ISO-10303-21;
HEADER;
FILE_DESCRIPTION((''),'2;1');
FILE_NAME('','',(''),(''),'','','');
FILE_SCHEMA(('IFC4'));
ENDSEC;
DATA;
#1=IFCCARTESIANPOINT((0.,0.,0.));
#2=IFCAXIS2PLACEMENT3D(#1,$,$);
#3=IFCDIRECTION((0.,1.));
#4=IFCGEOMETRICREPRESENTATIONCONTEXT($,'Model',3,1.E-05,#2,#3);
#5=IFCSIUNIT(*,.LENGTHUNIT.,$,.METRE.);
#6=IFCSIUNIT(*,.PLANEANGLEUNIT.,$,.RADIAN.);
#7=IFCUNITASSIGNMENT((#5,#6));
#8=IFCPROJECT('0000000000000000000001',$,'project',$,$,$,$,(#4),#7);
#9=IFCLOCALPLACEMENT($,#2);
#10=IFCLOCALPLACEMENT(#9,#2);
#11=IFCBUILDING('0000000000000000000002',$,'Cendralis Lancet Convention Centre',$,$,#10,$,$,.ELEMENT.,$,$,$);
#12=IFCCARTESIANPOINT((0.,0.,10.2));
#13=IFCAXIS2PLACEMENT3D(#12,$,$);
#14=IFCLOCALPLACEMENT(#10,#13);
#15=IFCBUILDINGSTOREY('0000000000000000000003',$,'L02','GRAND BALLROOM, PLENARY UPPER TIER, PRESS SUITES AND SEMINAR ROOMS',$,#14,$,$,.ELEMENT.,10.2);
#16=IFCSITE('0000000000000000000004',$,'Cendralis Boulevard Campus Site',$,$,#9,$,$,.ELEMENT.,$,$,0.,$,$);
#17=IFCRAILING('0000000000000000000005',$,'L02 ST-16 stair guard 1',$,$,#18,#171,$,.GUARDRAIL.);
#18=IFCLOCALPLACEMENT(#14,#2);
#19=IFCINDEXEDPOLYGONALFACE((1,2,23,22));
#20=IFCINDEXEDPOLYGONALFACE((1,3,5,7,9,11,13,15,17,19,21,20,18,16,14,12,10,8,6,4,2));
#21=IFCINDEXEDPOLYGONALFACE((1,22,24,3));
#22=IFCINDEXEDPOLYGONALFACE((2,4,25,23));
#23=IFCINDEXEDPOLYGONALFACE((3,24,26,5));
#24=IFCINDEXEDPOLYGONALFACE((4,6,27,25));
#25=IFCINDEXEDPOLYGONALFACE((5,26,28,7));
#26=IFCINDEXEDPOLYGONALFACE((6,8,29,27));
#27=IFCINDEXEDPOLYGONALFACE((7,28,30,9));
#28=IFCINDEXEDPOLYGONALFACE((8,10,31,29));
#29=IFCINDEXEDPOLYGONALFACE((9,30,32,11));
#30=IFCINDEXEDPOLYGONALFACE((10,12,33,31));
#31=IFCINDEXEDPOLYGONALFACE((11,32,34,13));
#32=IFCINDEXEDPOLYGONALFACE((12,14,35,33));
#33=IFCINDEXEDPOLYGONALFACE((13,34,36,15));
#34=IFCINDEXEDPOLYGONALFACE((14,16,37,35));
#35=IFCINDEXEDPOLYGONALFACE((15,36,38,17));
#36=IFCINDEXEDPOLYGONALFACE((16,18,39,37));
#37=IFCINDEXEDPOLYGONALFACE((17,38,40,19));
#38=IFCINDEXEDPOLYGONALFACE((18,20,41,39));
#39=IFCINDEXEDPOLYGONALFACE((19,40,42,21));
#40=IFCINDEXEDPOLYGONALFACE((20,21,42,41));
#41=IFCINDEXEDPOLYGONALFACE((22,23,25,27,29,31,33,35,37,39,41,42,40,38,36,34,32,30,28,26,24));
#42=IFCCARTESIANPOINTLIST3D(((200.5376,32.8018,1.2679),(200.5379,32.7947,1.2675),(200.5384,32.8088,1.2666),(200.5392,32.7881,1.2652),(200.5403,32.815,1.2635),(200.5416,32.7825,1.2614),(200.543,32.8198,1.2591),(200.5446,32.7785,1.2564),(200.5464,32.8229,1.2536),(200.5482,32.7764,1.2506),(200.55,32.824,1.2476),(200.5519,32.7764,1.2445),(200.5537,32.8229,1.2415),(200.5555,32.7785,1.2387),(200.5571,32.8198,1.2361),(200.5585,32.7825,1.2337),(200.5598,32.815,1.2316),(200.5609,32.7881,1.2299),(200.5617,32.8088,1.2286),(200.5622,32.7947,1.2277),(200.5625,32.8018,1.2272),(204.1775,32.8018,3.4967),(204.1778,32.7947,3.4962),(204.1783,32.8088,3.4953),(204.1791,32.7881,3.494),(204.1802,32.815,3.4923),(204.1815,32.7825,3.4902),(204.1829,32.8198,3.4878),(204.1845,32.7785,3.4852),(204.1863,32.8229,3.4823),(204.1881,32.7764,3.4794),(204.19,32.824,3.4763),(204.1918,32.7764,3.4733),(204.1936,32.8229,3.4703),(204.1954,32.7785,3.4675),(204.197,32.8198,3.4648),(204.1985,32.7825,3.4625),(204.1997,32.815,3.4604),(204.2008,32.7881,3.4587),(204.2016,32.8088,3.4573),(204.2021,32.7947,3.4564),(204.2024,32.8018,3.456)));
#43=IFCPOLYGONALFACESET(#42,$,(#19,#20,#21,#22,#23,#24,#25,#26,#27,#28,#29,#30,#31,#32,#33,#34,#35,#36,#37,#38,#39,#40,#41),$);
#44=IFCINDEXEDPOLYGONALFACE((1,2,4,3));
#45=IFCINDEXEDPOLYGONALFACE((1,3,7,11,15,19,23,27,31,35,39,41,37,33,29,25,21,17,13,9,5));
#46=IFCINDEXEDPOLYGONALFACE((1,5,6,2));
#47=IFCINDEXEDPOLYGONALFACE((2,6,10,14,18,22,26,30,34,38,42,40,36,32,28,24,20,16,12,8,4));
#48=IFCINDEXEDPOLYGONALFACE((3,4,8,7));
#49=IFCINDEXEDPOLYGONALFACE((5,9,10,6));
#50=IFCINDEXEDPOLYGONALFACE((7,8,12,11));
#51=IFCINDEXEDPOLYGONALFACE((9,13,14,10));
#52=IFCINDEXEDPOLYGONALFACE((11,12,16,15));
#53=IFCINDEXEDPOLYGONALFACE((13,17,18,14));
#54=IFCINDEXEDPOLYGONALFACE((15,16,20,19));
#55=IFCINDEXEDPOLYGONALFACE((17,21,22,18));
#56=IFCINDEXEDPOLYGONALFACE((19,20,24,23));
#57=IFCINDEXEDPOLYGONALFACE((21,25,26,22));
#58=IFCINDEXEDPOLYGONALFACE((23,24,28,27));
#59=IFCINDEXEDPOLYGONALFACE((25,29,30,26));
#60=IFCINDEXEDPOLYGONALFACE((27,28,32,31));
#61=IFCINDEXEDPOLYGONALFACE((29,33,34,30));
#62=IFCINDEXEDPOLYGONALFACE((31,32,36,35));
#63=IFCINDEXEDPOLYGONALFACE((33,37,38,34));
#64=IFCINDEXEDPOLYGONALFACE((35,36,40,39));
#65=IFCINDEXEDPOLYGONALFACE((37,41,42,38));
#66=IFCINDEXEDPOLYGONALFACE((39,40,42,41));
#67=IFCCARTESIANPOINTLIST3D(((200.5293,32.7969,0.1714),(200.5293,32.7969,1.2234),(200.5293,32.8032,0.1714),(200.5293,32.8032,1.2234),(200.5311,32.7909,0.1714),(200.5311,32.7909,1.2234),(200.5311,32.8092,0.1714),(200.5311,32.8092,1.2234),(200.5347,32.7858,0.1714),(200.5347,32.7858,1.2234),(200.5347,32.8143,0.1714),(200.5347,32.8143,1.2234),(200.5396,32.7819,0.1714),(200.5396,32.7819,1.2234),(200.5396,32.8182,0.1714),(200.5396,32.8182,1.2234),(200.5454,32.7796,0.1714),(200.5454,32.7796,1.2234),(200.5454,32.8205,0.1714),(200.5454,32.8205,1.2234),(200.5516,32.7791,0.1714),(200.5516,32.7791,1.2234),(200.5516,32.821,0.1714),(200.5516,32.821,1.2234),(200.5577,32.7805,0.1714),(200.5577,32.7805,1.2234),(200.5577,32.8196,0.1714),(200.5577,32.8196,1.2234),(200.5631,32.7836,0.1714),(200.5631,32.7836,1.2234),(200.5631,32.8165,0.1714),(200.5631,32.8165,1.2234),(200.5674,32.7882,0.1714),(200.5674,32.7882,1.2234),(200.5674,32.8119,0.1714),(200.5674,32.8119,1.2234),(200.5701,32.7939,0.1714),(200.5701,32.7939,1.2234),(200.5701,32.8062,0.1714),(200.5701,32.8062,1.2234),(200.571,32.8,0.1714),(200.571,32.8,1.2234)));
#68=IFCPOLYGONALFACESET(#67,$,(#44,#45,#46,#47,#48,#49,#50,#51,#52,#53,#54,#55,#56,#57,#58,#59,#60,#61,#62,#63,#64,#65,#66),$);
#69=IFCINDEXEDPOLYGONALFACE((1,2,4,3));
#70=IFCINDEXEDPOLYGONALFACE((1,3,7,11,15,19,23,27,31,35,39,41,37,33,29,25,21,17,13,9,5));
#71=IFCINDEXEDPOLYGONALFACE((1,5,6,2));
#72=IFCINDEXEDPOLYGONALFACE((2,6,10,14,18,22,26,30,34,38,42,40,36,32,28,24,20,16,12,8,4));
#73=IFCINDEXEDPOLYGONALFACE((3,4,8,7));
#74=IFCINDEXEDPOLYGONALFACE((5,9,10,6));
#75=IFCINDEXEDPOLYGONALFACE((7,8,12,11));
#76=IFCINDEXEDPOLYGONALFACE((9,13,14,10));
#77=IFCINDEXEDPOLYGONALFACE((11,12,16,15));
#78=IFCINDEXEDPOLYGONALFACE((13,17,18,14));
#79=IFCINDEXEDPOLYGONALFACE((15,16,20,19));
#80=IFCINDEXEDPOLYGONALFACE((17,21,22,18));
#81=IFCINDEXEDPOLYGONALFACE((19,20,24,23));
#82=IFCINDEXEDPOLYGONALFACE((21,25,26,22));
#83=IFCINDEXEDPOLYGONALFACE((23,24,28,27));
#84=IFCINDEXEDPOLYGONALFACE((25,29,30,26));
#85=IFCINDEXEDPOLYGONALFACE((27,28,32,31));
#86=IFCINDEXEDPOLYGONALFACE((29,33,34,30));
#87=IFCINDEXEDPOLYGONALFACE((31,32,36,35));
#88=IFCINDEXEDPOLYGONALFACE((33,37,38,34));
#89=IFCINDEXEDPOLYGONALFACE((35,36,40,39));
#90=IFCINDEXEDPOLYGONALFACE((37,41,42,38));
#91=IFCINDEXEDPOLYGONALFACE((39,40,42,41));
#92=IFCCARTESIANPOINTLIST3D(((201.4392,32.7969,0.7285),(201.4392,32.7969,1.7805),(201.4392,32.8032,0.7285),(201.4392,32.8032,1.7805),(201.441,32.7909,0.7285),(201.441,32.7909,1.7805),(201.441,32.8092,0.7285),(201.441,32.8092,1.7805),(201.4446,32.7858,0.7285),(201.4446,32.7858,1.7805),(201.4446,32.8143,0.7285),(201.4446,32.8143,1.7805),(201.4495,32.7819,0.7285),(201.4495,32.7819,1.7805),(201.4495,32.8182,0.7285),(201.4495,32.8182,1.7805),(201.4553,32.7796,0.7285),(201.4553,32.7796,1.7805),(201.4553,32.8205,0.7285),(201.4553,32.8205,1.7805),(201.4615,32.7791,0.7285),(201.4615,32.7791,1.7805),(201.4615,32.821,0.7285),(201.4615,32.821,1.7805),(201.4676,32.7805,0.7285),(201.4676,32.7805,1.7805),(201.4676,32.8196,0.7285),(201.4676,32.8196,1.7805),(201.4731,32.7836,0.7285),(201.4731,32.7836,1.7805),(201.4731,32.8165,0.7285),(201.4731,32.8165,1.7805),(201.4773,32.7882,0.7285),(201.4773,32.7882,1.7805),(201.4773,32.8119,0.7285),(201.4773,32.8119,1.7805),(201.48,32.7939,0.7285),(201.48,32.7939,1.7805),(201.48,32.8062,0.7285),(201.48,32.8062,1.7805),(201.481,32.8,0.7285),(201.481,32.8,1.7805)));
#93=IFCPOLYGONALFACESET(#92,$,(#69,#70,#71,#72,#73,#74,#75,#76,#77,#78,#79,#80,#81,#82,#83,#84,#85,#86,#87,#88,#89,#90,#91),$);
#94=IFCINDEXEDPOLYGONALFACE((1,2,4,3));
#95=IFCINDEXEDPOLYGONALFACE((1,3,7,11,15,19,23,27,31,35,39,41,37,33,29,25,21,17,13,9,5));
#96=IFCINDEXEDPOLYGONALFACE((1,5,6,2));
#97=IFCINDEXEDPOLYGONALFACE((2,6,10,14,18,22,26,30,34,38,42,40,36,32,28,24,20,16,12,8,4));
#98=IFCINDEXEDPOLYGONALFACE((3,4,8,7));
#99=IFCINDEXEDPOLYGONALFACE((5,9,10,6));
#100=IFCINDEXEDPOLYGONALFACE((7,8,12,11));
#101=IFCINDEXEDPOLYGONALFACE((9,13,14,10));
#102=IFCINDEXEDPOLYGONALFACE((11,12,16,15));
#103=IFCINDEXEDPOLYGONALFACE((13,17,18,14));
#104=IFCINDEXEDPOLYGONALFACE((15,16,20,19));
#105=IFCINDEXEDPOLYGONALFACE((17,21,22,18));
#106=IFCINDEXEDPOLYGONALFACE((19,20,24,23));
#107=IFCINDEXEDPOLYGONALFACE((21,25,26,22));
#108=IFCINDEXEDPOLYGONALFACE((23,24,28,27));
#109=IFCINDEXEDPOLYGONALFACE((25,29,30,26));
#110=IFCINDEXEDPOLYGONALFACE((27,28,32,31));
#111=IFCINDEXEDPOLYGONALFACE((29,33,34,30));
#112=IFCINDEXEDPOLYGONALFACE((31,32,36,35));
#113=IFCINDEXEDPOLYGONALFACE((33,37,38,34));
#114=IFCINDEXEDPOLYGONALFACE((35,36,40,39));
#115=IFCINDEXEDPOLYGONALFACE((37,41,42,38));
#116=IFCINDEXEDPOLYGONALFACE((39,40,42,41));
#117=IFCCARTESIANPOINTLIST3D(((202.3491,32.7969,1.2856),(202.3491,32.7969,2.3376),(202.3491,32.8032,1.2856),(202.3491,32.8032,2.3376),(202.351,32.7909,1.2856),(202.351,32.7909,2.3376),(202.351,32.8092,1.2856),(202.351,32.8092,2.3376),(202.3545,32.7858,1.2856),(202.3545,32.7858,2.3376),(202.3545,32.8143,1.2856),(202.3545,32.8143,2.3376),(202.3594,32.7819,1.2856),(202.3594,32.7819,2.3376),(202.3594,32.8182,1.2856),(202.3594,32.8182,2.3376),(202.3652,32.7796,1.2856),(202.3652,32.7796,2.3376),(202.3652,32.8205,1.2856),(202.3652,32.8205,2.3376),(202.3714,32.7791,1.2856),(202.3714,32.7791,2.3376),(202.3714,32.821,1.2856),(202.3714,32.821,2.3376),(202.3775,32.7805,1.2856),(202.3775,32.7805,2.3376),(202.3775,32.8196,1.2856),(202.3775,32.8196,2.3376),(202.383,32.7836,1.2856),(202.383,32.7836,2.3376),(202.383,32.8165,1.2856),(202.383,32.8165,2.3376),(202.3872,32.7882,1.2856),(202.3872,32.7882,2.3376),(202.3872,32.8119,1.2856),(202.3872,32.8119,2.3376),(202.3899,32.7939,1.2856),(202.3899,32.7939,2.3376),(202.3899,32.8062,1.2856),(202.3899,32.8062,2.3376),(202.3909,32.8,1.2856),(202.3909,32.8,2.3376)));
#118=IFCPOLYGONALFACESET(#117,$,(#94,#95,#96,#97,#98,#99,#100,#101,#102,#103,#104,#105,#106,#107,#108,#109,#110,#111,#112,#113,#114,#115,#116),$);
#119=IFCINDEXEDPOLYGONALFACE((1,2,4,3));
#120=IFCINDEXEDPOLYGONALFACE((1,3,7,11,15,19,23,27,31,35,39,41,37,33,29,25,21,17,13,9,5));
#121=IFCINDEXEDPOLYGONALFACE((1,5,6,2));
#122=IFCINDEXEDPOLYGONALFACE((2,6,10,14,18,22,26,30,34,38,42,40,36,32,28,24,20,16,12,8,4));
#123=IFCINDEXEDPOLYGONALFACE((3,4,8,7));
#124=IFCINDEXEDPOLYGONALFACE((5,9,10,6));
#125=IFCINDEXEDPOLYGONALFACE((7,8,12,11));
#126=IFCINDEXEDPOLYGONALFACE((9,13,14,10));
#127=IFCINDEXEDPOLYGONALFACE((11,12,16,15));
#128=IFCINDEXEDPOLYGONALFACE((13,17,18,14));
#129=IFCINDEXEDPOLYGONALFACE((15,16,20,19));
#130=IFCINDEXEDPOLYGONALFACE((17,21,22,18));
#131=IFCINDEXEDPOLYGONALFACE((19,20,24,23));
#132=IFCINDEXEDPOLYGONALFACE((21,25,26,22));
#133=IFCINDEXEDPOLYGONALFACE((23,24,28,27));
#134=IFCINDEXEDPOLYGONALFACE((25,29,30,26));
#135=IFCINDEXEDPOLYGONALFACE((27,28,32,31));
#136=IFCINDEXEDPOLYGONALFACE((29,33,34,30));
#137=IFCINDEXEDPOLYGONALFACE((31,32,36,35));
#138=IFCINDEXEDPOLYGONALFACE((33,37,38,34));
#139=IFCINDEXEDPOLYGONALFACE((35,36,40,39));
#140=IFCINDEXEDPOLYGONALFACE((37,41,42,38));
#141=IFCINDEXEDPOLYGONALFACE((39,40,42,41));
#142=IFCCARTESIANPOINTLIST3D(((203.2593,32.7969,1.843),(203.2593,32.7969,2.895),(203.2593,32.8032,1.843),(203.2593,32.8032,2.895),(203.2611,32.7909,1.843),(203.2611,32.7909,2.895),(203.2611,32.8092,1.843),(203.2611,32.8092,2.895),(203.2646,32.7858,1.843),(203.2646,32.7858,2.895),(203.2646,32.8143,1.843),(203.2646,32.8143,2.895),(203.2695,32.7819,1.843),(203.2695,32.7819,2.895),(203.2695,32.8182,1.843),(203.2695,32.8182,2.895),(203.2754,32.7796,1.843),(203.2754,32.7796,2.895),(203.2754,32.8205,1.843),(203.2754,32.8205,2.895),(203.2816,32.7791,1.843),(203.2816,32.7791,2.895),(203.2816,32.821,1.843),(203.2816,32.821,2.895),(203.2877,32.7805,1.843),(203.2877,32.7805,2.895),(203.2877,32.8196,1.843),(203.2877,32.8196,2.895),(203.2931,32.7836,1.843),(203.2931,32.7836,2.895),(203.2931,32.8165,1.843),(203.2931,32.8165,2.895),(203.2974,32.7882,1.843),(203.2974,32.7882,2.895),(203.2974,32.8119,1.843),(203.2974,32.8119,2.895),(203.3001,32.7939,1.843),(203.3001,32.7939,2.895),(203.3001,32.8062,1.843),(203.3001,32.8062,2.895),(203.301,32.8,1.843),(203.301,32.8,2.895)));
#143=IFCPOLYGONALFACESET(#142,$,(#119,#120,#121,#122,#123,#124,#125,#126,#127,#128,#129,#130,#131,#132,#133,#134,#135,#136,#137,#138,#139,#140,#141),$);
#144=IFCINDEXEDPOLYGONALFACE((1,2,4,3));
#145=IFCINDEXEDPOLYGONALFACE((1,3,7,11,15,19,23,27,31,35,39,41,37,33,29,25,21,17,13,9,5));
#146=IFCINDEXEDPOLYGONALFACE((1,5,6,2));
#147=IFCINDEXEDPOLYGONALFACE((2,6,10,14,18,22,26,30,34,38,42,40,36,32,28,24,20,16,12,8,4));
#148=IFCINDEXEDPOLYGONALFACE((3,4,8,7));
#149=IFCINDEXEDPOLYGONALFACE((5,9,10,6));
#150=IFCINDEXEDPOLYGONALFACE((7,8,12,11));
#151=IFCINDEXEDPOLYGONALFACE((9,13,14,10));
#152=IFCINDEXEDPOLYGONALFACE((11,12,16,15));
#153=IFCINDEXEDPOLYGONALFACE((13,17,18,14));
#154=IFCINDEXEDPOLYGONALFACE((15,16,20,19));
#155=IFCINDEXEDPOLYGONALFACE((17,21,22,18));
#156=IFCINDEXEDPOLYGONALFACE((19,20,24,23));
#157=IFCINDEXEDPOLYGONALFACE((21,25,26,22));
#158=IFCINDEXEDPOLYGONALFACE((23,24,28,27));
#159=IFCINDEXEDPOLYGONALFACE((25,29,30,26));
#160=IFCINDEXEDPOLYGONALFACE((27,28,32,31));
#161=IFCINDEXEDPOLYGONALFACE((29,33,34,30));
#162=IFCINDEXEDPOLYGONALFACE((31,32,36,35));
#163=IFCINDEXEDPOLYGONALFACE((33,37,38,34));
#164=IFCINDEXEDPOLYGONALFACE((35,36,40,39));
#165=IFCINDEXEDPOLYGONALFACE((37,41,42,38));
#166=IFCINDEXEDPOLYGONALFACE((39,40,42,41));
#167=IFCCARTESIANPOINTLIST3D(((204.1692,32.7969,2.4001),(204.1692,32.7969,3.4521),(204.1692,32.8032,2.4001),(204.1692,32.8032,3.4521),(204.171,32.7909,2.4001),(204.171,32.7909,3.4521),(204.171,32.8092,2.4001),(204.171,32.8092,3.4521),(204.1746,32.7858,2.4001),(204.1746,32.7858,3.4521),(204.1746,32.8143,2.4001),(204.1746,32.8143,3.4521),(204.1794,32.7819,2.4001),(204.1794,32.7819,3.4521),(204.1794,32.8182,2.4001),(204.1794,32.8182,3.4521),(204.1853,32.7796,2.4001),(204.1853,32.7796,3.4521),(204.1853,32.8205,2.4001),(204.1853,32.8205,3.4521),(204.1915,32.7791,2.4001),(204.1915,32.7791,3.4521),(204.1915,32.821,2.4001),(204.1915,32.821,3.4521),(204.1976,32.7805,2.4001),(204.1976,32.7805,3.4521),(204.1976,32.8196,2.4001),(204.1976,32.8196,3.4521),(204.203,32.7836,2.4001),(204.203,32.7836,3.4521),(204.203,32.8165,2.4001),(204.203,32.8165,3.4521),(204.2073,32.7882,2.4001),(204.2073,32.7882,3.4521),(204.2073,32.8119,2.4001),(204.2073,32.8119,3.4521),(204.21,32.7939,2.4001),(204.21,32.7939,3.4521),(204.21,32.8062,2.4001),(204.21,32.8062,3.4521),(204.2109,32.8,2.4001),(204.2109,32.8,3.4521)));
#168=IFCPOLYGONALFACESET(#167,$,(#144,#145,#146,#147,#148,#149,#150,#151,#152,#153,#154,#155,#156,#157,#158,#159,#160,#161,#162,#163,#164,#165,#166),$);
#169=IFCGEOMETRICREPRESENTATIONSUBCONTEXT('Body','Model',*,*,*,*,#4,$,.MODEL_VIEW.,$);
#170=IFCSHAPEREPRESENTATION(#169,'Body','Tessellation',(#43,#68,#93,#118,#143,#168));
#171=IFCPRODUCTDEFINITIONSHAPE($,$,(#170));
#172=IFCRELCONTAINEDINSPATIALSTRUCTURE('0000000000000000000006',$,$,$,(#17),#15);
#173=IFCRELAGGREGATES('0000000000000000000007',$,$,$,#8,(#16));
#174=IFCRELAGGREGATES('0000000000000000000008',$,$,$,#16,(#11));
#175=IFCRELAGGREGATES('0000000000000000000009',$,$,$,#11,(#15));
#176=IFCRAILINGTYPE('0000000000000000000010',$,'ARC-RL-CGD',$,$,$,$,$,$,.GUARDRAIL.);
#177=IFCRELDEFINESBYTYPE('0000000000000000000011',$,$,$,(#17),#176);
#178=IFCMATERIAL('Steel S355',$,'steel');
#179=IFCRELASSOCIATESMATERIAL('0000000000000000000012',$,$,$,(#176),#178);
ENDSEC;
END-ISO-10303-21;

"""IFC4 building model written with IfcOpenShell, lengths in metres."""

from ifc_helpers import new_model, si_unit, direction, frame, origin, origin_2d, place, context, subcontext, project, spatial, circle, extrude, material, type_object, element, save


model = new_model("IFC4")

# Units and contexts
model_context = context("Model", 3, precision=1e-05, world=origin(), true_north=direction((0.0, 1.0)))
body_context = subcontext(model_context, "Body", "Model", "MODEL_VIEW")
ifc_project = project(units=[si_unit("LENGTHUNIT", "METRE"), si_unit("PLANEANGLEUNIT", "RADIAN")], contexts=[model_context])

# Site, building, storey
site_placement = place(None, origin())
site = spatial("IfcSite", under=ifc_project, at=site_placement, Name="Cendralis Boulevard Campus Site", CompositionType="ELEMENT", RefElevation=0.0)
building_placement = place(site_placement, origin())
building = spatial("IfcBuilding", under=site, at=building_placement, Name="Cendralis Lancet Convention Centre", CompositionType="ELEMENT")
storey_placement = place(building_placement, frame((0.0, 0.0, 10.2)))
storey = spatial("IfcBuildingStorey", under=building, at=storey_placement, Name="L02", Description="GRAND BALLROOM, PLENARY UPPER TIER, PRESS SUITES AND SEMINAR ROOMS", CompositionType="ELEMENT", Elevation=10.2)

# Shared definitions
ifc_material_1 = material(Name="Steel S355", Category="steel")

# Railing
railing_type_1 = type_object("IfcRailingType", Name="ARC-RL-CGD", PredefinedType="GUARDRAIL", material=ifc_material_1)
railing_1_placement = place(storey_placement, frame((200.55, 32.8, 0.1714)))
element("IfcRailing", 1, at=railing_1_placement, inside=storey, type_object=railing_type_1, Name="L02 ST-16 stair guard 1", PredefinedType="GUARDRAIL", context=body_context, shape_type="SweptSolid", body=[
    extrude(circle(Radius=0.0239, at=origin_2d()), frame((0.0, 0.0, 1.0762), z_axis=(0.852825, 0.0, 0.522197), x_axis=(0.0, 1.0, 0.0)), (0.0, 0.0, 1.0), 4.2681),
    extrude(circle(Radius=0.021, at=origin_2d()), origin(), (0.0, 0.0, 1.0), 1.052),
    extrude(circle(Radius=0.021, at=origin_2d()), frame((0.9099, 0.0, 0.5571)), (0.0, 0.0, 1.0), 1.052),
    extrude(circle(Radius=0.021, at=origin_2d()), frame((1.8198, 0.0, 1.1143)), (0.0, 0.0, 1.0), 1.052),
    extrude(circle(Radius=0.021, at=origin_2d()), frame((2.73, 0.0, 1.6716)), (0.0, 0.0, 1.0), 1.052),
    extrude(circle(Radius=0.021, at=origin_2d()), frame((3.6399, 0.0, 2.2288)), (0.0, 0.0, 1.0), 1.052),
])

save(model, "model.ifc")
